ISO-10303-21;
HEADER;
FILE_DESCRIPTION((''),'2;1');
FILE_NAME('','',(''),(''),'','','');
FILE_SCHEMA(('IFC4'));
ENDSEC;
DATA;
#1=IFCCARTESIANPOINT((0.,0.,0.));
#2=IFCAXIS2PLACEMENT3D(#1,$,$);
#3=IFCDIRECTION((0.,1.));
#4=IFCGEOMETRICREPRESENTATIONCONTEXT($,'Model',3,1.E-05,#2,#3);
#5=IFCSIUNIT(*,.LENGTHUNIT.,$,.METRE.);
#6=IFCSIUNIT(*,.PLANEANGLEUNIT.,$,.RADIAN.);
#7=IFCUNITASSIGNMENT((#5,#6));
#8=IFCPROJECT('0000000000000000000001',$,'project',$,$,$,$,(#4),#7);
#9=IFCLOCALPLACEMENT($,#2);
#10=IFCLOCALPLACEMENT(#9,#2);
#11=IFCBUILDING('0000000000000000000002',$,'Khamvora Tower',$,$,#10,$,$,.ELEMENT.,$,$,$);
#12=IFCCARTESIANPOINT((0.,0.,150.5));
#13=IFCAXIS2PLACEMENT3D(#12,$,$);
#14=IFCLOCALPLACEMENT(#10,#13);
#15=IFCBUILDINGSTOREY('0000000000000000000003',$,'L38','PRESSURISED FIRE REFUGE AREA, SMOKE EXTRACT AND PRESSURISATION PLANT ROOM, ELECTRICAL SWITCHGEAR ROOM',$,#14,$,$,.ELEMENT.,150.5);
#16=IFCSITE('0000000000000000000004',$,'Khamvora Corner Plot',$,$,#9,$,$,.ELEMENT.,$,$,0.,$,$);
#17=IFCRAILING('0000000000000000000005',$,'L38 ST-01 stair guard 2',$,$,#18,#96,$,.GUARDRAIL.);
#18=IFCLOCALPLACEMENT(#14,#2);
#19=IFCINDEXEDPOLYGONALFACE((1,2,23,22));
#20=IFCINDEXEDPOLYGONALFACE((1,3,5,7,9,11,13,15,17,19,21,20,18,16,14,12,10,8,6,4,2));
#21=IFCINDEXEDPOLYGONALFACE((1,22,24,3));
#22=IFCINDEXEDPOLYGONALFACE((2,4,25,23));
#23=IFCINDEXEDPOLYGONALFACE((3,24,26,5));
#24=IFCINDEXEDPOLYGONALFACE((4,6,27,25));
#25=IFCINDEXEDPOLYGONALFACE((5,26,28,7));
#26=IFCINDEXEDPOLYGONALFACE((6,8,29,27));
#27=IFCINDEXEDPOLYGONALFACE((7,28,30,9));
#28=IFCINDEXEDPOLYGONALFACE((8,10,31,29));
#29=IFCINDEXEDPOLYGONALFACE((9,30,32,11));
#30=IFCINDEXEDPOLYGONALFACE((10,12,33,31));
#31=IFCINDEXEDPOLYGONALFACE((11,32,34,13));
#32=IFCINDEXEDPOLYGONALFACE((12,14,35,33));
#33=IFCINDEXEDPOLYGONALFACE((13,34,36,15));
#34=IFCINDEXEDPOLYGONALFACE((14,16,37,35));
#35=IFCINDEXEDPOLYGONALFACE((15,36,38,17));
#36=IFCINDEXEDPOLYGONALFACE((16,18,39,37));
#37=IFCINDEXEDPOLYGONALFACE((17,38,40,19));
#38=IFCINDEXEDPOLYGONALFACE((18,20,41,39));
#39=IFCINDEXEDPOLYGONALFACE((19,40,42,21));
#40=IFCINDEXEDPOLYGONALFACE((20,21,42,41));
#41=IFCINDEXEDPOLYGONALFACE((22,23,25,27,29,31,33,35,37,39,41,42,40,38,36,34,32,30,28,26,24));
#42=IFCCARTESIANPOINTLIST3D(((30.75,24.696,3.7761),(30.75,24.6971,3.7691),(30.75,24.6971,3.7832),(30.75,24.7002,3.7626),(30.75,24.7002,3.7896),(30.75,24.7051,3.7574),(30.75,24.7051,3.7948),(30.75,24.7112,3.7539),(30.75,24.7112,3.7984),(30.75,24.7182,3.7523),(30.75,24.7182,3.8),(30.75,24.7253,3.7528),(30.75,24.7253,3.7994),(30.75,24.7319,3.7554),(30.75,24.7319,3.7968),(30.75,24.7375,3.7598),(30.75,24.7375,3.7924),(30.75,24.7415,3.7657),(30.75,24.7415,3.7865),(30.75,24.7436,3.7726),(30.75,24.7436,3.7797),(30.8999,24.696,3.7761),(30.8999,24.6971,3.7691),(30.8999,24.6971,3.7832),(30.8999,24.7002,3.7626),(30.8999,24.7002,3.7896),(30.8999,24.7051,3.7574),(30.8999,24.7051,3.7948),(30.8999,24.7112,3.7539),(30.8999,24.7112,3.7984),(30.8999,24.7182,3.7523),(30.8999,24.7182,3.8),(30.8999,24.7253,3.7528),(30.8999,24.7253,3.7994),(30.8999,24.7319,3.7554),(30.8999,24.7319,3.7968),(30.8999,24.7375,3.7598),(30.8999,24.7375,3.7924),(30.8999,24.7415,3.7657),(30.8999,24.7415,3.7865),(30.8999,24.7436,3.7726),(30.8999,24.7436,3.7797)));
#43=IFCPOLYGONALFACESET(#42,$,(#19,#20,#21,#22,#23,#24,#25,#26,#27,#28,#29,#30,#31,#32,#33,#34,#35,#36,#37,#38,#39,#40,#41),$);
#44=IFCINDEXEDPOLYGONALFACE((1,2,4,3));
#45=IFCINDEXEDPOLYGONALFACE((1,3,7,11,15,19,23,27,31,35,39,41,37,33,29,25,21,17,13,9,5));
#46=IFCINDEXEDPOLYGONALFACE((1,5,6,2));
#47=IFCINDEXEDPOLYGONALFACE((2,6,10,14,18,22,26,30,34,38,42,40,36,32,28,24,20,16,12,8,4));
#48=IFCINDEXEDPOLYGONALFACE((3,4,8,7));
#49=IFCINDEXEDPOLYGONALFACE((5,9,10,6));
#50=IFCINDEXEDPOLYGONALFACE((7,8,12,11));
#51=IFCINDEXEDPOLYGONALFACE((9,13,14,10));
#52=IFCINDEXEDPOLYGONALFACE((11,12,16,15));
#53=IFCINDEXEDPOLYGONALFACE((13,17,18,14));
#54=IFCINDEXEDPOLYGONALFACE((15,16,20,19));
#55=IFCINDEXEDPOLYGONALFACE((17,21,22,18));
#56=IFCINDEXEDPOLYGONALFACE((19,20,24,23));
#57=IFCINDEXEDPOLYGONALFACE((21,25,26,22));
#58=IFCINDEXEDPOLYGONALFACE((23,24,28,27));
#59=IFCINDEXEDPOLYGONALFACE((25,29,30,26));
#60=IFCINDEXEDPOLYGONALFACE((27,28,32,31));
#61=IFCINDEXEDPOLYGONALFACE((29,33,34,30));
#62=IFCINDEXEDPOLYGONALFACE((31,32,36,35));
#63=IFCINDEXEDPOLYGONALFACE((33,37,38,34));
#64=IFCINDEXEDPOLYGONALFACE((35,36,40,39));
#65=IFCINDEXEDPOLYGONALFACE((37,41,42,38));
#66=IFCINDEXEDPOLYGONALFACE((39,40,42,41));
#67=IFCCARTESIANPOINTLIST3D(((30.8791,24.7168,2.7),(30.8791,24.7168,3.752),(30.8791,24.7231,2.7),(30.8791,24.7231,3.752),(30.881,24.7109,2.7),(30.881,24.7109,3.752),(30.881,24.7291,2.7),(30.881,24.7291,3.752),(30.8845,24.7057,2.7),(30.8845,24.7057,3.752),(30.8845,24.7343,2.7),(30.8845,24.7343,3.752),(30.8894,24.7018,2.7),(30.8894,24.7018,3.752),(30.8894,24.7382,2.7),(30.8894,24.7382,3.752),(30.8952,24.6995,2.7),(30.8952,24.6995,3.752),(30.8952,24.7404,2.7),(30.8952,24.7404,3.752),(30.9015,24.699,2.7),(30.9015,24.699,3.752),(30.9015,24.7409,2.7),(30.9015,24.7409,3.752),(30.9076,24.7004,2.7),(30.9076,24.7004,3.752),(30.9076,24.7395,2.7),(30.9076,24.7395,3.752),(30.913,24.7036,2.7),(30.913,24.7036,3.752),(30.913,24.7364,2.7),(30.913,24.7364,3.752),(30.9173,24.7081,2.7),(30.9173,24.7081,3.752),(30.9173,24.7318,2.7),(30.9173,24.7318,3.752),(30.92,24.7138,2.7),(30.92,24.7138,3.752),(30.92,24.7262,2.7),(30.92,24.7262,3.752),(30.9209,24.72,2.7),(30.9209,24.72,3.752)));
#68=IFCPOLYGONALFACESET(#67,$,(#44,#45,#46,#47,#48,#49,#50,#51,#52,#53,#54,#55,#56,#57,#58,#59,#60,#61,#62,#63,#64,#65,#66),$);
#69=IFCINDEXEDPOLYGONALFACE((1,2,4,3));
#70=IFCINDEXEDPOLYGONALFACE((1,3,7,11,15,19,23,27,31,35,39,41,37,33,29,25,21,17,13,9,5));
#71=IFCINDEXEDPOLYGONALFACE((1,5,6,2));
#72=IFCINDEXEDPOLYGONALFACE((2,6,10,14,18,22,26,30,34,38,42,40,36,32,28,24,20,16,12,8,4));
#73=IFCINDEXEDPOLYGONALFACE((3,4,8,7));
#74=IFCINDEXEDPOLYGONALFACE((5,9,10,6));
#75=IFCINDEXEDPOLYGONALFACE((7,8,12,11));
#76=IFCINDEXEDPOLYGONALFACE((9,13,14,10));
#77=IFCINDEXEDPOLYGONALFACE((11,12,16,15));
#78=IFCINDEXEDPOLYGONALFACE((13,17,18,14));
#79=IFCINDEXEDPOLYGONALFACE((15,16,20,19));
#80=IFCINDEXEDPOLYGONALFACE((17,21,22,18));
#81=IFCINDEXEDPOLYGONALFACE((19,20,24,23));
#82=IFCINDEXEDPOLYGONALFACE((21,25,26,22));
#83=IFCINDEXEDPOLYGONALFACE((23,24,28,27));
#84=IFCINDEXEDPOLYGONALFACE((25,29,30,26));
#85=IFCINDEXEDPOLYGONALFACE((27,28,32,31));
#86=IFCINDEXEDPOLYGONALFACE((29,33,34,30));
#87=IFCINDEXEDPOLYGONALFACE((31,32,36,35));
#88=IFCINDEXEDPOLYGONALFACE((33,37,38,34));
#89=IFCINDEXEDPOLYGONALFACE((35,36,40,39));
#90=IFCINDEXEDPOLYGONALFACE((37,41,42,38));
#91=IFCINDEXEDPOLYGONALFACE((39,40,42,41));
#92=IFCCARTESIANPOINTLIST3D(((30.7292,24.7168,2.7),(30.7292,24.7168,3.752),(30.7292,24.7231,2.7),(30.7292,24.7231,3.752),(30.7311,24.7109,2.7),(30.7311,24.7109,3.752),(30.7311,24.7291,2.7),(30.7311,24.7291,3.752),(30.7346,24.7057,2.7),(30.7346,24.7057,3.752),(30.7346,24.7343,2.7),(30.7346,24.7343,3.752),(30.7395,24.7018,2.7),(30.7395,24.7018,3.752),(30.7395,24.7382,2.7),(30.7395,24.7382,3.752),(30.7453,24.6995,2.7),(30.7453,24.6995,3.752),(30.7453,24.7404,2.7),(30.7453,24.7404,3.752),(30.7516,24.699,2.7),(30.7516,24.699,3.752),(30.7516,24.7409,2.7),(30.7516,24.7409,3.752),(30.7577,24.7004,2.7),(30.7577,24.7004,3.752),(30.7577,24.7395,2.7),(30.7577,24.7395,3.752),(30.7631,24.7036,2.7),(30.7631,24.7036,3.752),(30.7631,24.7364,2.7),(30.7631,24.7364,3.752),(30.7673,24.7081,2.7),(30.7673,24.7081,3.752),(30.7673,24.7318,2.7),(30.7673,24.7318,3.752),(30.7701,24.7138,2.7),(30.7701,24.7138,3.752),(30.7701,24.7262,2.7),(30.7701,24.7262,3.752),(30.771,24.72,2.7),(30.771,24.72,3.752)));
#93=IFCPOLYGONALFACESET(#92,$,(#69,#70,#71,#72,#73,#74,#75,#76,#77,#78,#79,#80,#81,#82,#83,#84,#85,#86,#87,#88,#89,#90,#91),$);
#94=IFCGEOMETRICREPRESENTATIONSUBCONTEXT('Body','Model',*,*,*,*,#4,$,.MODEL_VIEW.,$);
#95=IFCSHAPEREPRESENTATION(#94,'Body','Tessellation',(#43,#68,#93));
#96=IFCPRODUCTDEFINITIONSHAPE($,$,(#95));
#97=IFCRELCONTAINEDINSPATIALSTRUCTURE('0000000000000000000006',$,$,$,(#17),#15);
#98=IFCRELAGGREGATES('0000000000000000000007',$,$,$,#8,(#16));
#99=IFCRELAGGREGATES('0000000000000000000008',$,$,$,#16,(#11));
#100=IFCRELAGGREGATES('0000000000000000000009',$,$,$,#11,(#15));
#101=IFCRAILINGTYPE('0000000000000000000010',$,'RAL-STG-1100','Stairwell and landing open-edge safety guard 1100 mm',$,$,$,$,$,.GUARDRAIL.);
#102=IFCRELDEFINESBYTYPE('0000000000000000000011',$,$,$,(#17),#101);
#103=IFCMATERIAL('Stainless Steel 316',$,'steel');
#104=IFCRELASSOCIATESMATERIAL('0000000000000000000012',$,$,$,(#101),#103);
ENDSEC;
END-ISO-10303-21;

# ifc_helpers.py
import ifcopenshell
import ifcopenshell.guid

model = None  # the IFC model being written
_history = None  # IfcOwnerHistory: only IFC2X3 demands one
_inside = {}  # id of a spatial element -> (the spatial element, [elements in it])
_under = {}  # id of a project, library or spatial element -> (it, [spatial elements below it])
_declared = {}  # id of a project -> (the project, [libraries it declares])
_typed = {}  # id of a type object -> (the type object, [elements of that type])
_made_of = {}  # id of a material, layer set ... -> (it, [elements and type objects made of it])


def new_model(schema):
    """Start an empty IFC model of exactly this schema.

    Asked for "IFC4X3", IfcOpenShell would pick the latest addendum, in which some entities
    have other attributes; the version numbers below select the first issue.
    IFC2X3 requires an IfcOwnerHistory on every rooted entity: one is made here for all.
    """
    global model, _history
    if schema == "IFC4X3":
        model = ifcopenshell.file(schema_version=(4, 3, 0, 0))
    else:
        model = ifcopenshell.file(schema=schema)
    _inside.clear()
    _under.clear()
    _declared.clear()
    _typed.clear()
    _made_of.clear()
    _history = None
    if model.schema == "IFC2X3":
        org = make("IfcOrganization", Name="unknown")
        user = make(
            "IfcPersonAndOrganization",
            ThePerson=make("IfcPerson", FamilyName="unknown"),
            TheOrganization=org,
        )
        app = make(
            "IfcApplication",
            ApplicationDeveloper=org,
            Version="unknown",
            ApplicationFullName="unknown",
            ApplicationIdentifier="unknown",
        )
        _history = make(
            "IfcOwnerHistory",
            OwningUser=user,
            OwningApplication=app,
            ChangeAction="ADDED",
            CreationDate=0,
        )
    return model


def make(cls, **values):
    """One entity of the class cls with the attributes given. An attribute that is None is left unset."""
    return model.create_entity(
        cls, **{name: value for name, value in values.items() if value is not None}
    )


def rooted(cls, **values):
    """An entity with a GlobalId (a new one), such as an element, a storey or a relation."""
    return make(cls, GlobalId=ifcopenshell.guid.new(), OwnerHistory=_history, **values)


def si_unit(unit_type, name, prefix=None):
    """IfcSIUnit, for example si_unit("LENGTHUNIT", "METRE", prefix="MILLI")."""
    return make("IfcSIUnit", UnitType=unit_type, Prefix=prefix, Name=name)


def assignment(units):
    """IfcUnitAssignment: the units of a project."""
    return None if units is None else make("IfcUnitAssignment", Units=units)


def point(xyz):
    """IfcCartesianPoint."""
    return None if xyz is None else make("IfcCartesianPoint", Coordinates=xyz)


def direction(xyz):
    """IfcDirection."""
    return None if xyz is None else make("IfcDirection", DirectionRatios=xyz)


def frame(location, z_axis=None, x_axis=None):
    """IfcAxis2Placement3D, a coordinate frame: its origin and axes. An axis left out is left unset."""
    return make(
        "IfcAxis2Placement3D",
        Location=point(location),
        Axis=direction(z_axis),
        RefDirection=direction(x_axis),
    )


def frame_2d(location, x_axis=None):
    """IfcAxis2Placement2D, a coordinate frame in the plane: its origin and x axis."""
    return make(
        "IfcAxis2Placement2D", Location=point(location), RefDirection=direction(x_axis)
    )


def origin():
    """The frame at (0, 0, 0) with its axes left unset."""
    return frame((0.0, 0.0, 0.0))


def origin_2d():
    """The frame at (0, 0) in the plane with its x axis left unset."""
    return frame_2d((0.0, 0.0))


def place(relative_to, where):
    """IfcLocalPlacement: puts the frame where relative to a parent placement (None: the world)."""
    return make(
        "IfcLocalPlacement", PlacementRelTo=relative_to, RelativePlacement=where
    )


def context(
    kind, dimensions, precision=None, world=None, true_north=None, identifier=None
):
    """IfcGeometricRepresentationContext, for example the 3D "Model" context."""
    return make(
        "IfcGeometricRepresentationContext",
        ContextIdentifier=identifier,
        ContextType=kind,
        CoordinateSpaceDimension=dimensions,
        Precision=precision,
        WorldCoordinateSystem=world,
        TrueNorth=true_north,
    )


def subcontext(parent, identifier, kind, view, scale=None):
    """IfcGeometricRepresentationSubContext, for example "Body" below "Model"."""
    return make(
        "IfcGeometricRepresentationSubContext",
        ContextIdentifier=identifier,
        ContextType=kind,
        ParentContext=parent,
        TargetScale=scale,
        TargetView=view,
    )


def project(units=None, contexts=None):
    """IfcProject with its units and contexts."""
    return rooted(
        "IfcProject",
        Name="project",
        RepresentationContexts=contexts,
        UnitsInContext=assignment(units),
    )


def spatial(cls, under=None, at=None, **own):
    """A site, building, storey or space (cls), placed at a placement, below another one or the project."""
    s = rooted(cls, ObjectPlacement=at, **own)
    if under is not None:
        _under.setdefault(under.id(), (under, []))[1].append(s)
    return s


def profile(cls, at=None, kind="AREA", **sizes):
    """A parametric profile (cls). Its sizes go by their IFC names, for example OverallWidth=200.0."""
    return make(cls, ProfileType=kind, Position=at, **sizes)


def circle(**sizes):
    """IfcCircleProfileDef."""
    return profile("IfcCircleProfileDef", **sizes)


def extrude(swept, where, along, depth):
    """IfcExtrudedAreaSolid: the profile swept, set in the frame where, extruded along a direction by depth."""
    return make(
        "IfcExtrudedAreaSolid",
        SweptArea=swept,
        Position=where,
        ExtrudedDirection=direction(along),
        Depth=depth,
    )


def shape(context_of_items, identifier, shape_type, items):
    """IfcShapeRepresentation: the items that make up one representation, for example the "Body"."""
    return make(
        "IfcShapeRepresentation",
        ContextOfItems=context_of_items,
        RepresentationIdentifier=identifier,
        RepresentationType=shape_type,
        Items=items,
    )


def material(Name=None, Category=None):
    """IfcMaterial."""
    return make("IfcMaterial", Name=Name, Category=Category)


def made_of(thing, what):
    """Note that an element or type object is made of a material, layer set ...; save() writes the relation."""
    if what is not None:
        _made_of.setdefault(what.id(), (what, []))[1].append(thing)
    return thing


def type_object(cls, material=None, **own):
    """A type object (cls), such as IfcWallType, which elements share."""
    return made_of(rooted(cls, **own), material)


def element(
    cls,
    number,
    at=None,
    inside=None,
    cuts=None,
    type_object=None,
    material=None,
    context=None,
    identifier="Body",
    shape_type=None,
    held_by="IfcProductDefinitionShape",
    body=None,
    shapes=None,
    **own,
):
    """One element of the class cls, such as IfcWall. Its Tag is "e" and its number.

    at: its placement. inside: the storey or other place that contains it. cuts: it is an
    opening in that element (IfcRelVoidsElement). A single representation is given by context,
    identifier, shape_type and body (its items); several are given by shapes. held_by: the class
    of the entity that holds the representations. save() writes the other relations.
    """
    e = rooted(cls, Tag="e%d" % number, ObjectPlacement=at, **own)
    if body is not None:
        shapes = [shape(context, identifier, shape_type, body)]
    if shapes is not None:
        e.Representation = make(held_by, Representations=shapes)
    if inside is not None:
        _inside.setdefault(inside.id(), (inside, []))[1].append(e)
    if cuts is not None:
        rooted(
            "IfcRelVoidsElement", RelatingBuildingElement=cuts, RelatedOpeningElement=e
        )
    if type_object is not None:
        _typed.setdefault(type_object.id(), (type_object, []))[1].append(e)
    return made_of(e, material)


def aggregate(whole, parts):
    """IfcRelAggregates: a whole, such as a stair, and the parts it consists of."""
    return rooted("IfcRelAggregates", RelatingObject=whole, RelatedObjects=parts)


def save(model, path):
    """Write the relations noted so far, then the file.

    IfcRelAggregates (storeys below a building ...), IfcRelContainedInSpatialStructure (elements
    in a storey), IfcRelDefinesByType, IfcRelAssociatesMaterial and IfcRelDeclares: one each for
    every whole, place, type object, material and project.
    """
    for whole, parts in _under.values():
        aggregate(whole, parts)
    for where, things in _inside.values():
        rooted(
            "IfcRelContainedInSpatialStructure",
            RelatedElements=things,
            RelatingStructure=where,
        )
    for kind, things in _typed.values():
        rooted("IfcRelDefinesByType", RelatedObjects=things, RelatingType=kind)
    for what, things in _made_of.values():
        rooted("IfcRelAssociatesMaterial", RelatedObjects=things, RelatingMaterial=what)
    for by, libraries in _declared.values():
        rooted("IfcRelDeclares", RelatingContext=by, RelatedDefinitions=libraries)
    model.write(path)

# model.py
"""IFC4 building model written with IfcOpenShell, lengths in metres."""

from ifc_helpers import new_model, si_unit, direction, frame, origin, origin_2d, place, context, subcontext, project, spatial, circle, extrude, material, type_object, element, save


model = new_model("IFC4")

# Units and contexts
model_context = context("Model", 3, precision=1e-05, world=origin(), true_north=direction((0.0, 1.0)))
body_context = subcontext(model_context, "Body", "Model", "MODEL_VIEW")
ifc_project = project(units=[si_unit("LENGTHUNIT", "METRE"), si_unit("PLANEANGLEUNIT", "RADIAN")], contexts=[model_context])

# Site, building, storey
site_placement = place(None, origin())
site = spatial("IfcSite", under=ifc_project, at=site_placement, Name="Khamvora Corner Plot", CompositionType="ELEMENT", RefElevation=0.0)
building_placement = place(site_placement, origin())
building = spatial("IfcBuilding", under=site, at=building_placement, Name="Khamvora Tower", CompositionType="ELEMENT")
storey_placement = place(building_placement, frame((0.0, 0.0, 150.5)))
storey = spatial("IfcBuildingStorey", under=building, at=storey_placement, Name="L38", Description="PRESSURISED FIRE REFUGE AREA, SMOKE EXTRACT AND PRESSURISATION PLANT ROOM, ELECTRICAL SWITCHGEAR ROOM", CompositionType="ELEMENT", Elevation=150.5)

# Railing
ifc_material_1 = material(Name="Stainless Steel 316", Category="steel")
railing_type_1 = type_object("IfcRailingType", Name="RAL-STG-1100", Description="Stairwell and landing open-edge safety guard 1100 mm", PredefinedType="GUARDRAIL", material=ifc_material_1)
railing_1_placement = place(storey_placement, frame((30.8999, 24.72, 2.7)))
element("IfcRailing", 1, at=railing_1_placement, inside=storey, type_object=railing_type_1, Name="L38 ST-01 stair guard 2", PredefinedType="GUARDRAIL", context=body_context, shape_type="SweptSolid", body=[
    extrude(circle(Radius=0.0239, at=origin_2d()), frame((0.0, 0.0, 1.0762), z_axis=(-1.0, 0.0, 0.0), x_axis=(0.0, -1.0, 0.0)), (0.0, 0.0, 1.0), 0.1499),
    extrude(circle(Radius=0.021, at=origin_2d()), origin(), (0.0, 0.0, 1.0), 1.052),
    extrude(circle(Radius=0.021, at=origin_2d()), frame((-0.1499, 0.0, 0.0)), (0.0, 0.0, 1.0), 1.052),
])

save(model, "model.ifc")
